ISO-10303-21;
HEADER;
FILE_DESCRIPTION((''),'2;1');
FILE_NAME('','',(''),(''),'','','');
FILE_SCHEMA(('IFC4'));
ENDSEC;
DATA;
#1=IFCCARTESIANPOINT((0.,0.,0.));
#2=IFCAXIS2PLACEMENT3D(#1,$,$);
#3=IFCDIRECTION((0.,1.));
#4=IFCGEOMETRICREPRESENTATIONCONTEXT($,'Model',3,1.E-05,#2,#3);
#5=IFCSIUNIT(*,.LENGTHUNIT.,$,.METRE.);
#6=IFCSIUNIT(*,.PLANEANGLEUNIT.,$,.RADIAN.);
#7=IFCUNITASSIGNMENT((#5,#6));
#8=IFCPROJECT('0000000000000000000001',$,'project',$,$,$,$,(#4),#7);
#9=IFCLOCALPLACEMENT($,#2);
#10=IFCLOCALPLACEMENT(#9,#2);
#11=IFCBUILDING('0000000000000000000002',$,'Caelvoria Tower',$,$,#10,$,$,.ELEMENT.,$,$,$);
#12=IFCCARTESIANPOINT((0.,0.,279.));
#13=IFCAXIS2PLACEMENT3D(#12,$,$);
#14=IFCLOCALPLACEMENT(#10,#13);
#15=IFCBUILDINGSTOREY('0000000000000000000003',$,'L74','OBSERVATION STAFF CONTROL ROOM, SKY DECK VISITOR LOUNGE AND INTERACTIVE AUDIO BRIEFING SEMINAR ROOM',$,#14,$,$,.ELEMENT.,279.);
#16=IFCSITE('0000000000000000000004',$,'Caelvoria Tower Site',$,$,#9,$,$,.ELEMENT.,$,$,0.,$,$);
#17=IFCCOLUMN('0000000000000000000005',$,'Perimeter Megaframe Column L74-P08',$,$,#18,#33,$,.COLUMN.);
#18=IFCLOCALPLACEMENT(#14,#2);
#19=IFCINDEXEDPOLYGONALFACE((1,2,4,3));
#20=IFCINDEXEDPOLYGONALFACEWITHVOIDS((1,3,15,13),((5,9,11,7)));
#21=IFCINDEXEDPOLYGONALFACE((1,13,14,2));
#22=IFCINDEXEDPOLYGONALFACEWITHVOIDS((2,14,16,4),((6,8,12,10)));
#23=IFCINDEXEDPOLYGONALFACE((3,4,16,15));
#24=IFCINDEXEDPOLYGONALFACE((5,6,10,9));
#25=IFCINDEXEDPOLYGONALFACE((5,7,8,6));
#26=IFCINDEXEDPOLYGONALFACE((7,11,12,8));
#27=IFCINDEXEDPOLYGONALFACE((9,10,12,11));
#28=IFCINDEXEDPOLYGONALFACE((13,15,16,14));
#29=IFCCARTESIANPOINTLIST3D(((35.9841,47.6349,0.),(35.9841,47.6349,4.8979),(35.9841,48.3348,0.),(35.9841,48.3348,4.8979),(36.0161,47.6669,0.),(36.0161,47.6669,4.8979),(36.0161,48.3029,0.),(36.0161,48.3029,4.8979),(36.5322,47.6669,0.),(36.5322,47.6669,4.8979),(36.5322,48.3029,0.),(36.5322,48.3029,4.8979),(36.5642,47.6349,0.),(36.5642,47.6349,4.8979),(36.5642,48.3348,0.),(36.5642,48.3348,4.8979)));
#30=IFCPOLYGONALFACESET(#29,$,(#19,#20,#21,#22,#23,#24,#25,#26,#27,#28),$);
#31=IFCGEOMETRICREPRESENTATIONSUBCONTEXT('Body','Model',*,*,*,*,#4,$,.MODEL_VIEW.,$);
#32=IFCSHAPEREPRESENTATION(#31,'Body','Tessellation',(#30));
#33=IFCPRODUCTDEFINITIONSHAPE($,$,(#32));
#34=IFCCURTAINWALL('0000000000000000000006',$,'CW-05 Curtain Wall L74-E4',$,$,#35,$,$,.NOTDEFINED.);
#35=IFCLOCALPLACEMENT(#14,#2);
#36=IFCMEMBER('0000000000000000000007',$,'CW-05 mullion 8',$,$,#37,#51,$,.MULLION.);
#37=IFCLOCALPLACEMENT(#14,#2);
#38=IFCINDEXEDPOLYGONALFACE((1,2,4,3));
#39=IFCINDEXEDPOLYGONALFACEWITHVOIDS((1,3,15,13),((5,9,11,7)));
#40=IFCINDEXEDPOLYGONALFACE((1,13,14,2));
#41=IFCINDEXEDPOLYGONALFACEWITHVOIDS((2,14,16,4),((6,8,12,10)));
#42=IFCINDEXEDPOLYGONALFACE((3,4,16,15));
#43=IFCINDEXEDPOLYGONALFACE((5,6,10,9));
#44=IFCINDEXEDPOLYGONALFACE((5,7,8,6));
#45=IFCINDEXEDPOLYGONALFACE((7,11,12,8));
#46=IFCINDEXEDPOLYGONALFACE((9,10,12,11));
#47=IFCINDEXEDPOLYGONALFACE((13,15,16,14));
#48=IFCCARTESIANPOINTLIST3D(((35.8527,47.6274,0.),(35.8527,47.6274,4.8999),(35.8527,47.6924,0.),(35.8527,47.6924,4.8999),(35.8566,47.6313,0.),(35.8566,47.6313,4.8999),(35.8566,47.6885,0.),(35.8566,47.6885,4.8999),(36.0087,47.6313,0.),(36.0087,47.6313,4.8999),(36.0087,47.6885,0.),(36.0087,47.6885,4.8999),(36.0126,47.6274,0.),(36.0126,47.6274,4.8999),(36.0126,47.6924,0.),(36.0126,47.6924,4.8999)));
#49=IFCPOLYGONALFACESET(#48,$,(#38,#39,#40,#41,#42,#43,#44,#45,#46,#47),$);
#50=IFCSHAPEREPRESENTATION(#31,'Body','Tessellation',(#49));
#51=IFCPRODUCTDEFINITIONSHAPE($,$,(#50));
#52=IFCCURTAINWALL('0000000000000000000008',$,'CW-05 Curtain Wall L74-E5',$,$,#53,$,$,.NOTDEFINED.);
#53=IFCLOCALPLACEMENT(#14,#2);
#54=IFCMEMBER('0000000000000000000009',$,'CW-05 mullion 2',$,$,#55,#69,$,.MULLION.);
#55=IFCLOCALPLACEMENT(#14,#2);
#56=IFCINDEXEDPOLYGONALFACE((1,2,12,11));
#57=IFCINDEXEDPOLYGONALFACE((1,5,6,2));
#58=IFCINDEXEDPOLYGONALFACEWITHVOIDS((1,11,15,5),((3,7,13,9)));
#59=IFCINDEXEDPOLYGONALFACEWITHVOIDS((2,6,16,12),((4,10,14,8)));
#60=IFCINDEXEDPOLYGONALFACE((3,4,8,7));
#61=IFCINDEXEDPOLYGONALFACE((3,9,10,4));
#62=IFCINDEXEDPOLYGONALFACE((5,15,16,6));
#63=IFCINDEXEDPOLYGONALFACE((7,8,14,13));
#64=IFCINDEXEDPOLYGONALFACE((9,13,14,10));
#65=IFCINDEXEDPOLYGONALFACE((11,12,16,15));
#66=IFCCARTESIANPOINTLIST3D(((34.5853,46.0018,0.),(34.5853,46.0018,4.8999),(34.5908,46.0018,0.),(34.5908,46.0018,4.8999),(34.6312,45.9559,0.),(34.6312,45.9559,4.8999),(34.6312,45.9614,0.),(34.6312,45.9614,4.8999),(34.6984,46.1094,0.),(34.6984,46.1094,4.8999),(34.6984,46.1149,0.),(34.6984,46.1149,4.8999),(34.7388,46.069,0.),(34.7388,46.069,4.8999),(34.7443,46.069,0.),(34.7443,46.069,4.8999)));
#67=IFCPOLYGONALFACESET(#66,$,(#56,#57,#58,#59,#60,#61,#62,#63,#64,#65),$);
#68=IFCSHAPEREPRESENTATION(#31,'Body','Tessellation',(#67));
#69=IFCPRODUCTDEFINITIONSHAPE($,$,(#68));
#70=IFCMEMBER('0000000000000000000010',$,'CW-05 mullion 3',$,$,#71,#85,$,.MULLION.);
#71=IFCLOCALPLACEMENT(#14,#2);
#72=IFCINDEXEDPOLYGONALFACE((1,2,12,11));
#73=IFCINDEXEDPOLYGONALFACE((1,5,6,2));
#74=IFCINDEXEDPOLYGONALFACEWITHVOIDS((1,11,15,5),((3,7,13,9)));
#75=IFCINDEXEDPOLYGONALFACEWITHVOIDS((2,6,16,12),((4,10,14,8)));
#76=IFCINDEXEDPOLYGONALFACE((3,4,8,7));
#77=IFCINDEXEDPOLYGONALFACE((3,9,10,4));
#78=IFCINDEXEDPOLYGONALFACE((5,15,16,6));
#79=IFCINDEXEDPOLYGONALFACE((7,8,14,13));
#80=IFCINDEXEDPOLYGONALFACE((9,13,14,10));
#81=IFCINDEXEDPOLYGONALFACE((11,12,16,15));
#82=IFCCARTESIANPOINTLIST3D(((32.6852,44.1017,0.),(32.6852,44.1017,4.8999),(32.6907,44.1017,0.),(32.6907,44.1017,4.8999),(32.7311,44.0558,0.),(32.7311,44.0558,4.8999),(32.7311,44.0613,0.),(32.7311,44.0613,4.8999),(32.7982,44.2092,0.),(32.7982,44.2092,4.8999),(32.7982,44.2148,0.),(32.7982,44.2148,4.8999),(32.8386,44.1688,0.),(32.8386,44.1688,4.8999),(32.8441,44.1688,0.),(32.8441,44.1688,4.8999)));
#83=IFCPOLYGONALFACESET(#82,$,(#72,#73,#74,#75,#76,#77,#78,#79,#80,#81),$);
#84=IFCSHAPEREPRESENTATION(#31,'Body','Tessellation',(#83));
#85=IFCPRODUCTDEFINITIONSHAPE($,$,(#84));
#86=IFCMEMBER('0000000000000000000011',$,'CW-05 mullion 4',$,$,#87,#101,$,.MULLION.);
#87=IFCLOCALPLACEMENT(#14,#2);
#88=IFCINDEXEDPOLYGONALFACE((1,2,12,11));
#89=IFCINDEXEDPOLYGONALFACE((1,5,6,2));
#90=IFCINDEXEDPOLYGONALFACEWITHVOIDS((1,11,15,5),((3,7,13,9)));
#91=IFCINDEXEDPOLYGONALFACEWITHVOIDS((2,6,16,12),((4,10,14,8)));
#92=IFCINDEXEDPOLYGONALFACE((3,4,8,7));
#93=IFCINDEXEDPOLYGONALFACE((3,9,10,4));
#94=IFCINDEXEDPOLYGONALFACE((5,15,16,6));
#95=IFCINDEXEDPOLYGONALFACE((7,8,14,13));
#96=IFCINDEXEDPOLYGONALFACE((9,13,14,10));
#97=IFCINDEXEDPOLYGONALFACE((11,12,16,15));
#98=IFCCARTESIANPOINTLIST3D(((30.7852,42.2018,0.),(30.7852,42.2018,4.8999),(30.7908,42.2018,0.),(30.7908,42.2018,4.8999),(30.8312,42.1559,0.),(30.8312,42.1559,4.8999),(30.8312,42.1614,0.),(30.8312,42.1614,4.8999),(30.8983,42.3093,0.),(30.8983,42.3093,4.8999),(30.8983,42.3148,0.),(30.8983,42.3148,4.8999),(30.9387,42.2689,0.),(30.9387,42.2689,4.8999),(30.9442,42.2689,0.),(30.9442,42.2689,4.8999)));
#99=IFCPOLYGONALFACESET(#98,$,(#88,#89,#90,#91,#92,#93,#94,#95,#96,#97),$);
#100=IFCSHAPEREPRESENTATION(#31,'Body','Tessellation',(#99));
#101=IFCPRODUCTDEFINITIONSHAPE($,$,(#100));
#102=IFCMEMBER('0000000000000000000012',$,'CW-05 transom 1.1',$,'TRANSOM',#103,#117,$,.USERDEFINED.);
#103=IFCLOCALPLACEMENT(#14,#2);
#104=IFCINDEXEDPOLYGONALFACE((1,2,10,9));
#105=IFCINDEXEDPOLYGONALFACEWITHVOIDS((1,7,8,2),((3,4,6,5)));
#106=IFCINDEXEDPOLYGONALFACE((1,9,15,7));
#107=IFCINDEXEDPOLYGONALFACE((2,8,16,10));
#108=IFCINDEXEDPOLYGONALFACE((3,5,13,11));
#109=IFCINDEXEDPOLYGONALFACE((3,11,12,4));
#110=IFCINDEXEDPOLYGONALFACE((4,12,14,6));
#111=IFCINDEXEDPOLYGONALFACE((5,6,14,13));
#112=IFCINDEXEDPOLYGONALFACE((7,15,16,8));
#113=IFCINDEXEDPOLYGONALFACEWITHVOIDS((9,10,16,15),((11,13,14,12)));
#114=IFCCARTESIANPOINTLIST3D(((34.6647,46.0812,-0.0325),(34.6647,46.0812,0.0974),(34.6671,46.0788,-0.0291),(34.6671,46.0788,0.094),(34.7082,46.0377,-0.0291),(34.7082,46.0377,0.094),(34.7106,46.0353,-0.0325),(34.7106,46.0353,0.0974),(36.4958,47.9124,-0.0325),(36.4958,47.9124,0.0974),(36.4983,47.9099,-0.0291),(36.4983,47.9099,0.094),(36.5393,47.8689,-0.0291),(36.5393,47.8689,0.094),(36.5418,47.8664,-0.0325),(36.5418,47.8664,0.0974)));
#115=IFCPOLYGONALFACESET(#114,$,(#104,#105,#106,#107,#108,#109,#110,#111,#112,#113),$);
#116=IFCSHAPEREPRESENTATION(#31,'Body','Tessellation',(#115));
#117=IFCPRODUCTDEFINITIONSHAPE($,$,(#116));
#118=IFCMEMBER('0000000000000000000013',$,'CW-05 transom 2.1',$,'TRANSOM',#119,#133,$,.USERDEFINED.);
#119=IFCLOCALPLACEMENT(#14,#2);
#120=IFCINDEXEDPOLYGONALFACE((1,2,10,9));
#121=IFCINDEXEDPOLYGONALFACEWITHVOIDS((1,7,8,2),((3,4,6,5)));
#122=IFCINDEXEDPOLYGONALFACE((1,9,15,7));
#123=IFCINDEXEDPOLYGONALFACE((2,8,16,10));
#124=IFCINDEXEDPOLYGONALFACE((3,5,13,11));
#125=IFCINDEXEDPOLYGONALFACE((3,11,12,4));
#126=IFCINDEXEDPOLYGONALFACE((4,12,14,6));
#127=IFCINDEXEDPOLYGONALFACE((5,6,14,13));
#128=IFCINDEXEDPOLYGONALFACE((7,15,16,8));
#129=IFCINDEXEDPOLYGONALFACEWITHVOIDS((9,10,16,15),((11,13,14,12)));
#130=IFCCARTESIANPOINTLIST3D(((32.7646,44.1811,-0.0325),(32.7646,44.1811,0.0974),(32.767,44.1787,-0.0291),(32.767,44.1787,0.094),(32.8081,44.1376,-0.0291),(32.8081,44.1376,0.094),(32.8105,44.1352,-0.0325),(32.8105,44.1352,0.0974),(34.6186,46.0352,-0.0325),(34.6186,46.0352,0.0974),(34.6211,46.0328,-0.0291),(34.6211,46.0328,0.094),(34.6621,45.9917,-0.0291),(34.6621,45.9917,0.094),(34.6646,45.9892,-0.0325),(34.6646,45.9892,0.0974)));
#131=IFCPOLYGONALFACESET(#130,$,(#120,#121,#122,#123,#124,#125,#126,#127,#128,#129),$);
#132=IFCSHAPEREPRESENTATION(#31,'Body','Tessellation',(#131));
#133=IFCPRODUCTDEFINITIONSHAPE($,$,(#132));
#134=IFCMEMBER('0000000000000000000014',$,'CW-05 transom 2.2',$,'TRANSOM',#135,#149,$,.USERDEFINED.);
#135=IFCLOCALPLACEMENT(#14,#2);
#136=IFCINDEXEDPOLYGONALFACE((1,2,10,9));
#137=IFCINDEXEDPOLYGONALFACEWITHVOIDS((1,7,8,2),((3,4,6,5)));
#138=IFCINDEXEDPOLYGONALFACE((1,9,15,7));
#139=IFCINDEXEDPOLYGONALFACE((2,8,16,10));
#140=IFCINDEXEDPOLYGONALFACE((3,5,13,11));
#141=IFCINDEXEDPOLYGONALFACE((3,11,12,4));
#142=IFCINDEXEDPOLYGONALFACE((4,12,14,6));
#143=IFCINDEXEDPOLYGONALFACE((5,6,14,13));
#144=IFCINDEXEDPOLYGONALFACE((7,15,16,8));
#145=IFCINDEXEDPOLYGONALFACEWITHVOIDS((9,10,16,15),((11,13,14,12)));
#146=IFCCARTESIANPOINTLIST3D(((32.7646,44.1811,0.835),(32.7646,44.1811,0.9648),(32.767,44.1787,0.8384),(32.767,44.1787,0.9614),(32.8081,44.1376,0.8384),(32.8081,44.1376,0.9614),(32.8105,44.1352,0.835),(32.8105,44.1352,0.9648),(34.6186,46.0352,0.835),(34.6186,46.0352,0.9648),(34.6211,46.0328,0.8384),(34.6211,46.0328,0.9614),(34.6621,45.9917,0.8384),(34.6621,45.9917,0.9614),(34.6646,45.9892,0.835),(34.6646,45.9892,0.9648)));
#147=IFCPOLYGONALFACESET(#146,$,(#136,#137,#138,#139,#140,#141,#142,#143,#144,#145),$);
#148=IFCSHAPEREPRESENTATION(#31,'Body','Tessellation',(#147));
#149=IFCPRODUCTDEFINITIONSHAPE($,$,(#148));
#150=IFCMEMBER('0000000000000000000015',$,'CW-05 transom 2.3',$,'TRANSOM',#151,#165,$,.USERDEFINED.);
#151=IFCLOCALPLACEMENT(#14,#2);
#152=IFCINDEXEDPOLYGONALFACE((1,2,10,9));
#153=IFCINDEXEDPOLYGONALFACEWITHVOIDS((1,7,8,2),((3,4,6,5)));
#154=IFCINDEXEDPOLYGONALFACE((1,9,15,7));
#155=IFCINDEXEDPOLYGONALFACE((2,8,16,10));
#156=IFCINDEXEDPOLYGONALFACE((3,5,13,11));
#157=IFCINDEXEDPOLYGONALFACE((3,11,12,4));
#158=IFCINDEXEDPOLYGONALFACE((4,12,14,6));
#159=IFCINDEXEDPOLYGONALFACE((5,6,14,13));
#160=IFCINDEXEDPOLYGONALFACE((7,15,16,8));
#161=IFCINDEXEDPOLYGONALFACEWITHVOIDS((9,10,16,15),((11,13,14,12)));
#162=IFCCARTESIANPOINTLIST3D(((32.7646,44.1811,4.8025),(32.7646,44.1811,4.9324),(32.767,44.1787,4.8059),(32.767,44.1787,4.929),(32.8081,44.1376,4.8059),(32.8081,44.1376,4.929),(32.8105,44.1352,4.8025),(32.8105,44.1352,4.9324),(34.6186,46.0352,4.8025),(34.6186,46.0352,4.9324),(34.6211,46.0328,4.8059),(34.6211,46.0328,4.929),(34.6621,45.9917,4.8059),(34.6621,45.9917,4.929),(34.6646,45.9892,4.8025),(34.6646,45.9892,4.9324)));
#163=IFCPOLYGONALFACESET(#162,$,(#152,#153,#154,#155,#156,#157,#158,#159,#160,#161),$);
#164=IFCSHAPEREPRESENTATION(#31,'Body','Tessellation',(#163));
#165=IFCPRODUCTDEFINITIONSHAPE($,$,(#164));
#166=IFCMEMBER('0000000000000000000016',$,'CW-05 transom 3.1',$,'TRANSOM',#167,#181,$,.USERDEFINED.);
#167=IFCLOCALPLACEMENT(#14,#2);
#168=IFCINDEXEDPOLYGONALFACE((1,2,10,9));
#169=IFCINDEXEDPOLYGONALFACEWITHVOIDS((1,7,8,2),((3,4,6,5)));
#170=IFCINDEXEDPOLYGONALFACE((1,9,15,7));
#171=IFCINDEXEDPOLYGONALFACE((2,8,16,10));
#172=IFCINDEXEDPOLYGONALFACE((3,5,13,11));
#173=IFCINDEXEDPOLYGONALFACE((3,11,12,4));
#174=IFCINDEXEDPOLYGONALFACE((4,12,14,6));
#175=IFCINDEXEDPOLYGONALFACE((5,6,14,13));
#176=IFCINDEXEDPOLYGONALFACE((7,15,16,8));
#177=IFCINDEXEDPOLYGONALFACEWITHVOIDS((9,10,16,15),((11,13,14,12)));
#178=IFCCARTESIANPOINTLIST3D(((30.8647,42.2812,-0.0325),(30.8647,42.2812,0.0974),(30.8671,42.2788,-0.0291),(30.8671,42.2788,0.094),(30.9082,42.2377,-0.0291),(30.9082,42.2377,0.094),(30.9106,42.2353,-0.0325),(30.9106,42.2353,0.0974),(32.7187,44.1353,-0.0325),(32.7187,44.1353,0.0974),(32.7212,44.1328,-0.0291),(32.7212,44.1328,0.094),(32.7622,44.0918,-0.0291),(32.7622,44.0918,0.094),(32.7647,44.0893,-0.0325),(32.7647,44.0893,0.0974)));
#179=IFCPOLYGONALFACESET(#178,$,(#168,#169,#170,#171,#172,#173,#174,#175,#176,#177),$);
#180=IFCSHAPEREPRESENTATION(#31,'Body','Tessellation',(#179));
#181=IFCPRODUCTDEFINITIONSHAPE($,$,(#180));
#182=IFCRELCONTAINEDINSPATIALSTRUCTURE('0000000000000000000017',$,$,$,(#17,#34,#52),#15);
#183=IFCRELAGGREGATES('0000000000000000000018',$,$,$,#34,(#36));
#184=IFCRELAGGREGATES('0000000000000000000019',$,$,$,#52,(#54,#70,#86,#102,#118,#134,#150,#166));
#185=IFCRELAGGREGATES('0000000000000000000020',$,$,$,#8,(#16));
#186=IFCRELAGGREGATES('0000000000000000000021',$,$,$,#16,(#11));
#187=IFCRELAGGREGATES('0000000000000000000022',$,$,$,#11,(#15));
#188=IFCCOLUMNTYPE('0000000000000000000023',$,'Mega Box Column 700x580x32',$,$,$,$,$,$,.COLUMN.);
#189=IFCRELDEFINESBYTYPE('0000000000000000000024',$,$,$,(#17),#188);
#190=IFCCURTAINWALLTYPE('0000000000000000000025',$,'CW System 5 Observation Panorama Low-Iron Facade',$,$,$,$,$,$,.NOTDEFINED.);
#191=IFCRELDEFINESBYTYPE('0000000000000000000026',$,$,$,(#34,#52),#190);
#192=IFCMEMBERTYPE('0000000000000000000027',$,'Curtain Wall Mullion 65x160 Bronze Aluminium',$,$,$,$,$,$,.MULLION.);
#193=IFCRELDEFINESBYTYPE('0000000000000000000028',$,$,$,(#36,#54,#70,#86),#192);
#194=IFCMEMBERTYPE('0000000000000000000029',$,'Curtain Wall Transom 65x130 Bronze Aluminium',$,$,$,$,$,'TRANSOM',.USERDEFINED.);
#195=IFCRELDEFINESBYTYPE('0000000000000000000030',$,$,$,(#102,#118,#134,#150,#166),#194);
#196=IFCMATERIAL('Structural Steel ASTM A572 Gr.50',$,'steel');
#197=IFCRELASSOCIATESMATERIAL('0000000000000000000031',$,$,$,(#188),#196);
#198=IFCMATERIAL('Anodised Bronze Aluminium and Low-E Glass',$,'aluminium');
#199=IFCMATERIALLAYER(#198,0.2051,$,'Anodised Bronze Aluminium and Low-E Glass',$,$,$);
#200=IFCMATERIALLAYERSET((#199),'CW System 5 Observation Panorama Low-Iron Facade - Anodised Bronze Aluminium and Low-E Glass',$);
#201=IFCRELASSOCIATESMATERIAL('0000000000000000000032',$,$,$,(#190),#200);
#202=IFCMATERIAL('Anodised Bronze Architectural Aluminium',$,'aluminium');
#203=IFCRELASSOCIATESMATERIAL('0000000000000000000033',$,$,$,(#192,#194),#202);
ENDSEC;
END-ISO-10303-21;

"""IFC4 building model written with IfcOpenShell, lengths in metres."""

from ifc_helpers import new_model, si_unit, direction, frame, origin, origin_2d, place, context, subcontext, project, spatial, hollow_rectangle, extrude, material, layer, layer_set, material_profile, profile_set, type_object, element, aggregate, save


model = new_model("IFC4")

# Units and contexts
model_context = context("Model", 3, precision=1e-05, world=origin(), true_north=direction((0.0, 1.0)))
body_context = subcontext(model_context, "Body", "Model", "MODEL_VIEW")
ifc_project = project(units=[si_unit("LENGTHUNIT", "METRE"), si_unit("PLANEANGLEUNIT", "RADIAN")], contexts=[model_context])

# Site, building, storey
site_placement = place(None, origin())
site = spatial("IfcSite", under=ifc_project, at=site_placement, Name="Caelvoria Tower Site", CompositionType="ELEMENT", RefElevation=0.0)
building_placement = place(site_placement, origin())
building = spatial("IfcBuilding", under=site, at=building_placement, Name="Caelvoria Tower", CompositionType="ELEMENT")
storey_placement = place(building_placement, frame((0.0, 0.0, 279.0)))
storey = spatial("IfcBuildingStorey", under=building, at=storey_placement, Name="L74", Description="OBSERVATION STAFF CONTROL ROOM, SKY DECK VISITOR LOUNGE AND INTERACTIVE AUDIO BRIEFING SEMINAR ROOM", CompositionType="ELEMENT", Elevation=279.0)

# Column
ifc_material_1 = material(Name="Structural Steel ASTM A572 Gr.50", Category="steel")
ifc_material_profile_1 = material_profile(ifc_material_1, hollow_rectangle(XDim=0.5801, YDim=0.7, WallThickness=0.032, at=origin_2d()), Name="Structural Steel ASTM A572 Gr.50")
ifc_profile_set_1 = profile_set([ifc_material_profile_1], Name="BOX700X580X32 - Structural Steel ASTM A572 Gr.50")
column_type = type_object("IfcColumnType", Name="Mega Box Column 700x580x32", PredefinedType="COLUMN", material=ifc_profile_set_1)
column_placement = place(storey_placement, frame((36.2742, 47.9849, 0.0), z_axis=(0.0, 0.0, 1.0), x_axis=(1.0, 0.0, 0.0)))
element("IfcColumn", 1, at=column_placement, inside=storey, type_object=column_type, Name="Perimeter Megaframe Column L74-P08", PredefinedType="COLUMN", context=body_context, shape_type="SweptSolid", body=[
    extrude(hollow_rectangle(XDim=0.5801, YDim=0.7, WallThickness=0.032, at=origin_2d()), origin(), (0.0, 0.0, 1.0), 4.8979),
])

# Curtain wall, member
ifc_material_2 = material(Name="Anodised Bronze Aluminium and Low-E Glass", Category="aluminium")
ifc_layer_1 = layer(ifc_material_2, 0.2051, Name="Anodised Bronze Aluminium and Low-E Glass")
ifc_layer_set_1 = layer_set([ifc_layer_1], Name="CW System 5 Observation Panorama Low-Iron Facade - Anodised Bronze Aluminium and Low-E Glass")
curtain_wall_type = type_object("IfcCurtainWallType", Name="CW System 5 Observation Panorama Low-Iron Facade", PredefinedType="NOTDEFINED", material=ifc_layer_set_1)
curtain_wall_1_placement = place(storey_placement, origin())
curtain_wall_1 = element("IfcCurtainWall", 2, at=curtain_wall_1_placement, inside=storey, type_object=curtain_wall_type, Name="CW-05 Curtain Wall L74-E4", PredefinedType="NOTDEFINED")
ifc_material_3 = material(Name="Anodised Bronze Architectural Aluminium", Category="aluminium")
ifc_material_profile_2 = material_profile(ifc_material_3, hollow_rectangle(XDim=0.0649, YDim=0.1599, WallThickness=0.0039, at=origin_2d()), Name="Anodised Bronze Architectural Aluminium")
ifc_profile_set_2 = profile_set([ifc_material_profile_2], Name="CW_MULL_65X160 - Anodised Bronze Architectural Aluminium")
member_type_1 = type_object("IfcMemberType", Name="Curtain Wall Mullion 65x160 Bronze Aluminium", PredefinedType="MULLION", material=ifc_profile_set_2)
member_1_placement = place(storey_placement, frame((35.9326, 47.6599, 0.0), z_axis=(0.0, 0.0, 1.0), x_axis=(0.0, -1.0, 0.0)))
member_1 = element("IfcMember", 3, at=member_1_placement, type_object=member_type_1, Name="CW-05 mullion 8", PredefinedType="MULLION", context=body_context, shape_type="SweptSolid", body=[
    extrude(hollow_rectangle(XDim=0.0649, YDim=0.1599, WallThickness=0.0039, at=origin_2d()), origin(), (0.0, 0.0, 1.0), 4.8999),
])
aggregate(curtain_wall_1, [member_1])

# Curtain wall, members
curtain_wall_2_placement = place(storey_placement, origin())
curtain_wall_2 = element("IfcCurtainWall", 4, at=curtain_wall_2_placement, inside=storey, type_object=curtain_wall_type, Name="CW-05 Curtain Wall L74-E5", PredefinedType="NOTDEFINED")
member_2_placement = place(storey_placement, frame((34.6648, 46.0354, 0.0), z_axis=(0.0, 0.0, 1.0), x_axis=(0.707107, -0.707107, 0.0)))
member_2 = element("IfcMember", 5, at=member_2_placement, type_object=member_type_1, Name="CW-05 mullion 2", PredefinedType="MULLION", context=body_context, shape_type="SweptSolid", body=[
    extrude(hollow_rectangle(XDim=0.0649, YDim=0.1599, WallThickness=0.0039, at=origin_2d()), origin(), (0.0, 0.0, 1.0), 4.8999),
])
member_3_placement = place(storey_placement, frame((32.7646, 44.1353, 0.0), z_axis=(0.0, 0.0, 1.0), x_axis=(0.707107, -0.707107, 0.0)))
member_3 = element("IfcMember", 6, at=member_3_placement, type_object=member_type_1, Name="CW-05 mullion 3", PredefinedType="MULLION", context=body_context, shape_type="SweptSolid", body=[
    extrude(hollow_rectangle(XDim=0.0649, YDim=0.1599, WallThickness=0.0039, at=origin_2d()), origin(), (0.0, 0.0, 1.0), 4.8999),
])
member_4_placement = place(storey_placement, frame((30.8647, 42.2354, 0.0), z_axis=(0.0, 0.0, 1.0), x_axis=(0.707107, -0.707107, 0.0)))
member_4 = element("IfcMember", 7, at=member_4_placement, type_object=member_type_1, Name="CW-05 mullion 4", PredefinedType="MULLION", context=body_context, shape_type="SweptSolid", body=[
    extrude(hollow_rectangle(XDim=0.0649, YDim=0.1599, WallThickness=0.0039, at=origin_2d()), origin(), (0.0, 0.0, 1.0), 4.8999),
])
ifc_material_profile_3 = material_profile(ifc_material_3, hollow_rectangle(XDim=0.0649, YDim=0.1299, WallThickness=0.0034, at=origin_2d()), Name="Anodised Bronze Architectural Aluminium")
ifc_profile_set_3 = profile_set([ifc_material_profile_3], Name="CW_TRAN_65X130 - Anodised Bronze Architectural Aluminium")
member_type_2 = type_object("IfcMemberType", Name="Curtain Wall Transom 65x130 Bronze Aluminium", ElementType="TRANSOM", PredefinedType="USERDEFINED", material=ifc_profile_set_3)
member_5_placement = place(storey_placement, frame((36.5188, 47.8894, 0.0325), z_axis=(-0.707107, -0.707107, 0.0), x_axis=(0.707107, -0.707107, 0.0)))
member_5 = element("IfcMember", 8, at=member_5_placement, type_object=member_type_2, Name="CW-05 transom 1.1", ObjectType="TRANSOM", PredefinedType="USERDEFINED", context=body_context, shape_type="SweptSolid", body=[
    extrude(hollow_rectangle(XDim=0.0649, YDim=0.1299, WallThickness=0.0034, at=origin_2d()), origin(), (0.0, 0.0, 1.0), 2.5896),
])
member_6_placement = place(storey_placement, frame((34.6416, 46.0122, 0.0325), z_axis=(-0.707107, -0.707107, 0.0), x_axis=(0.707107, -0.707107, 0.0)))
member_6 = element("IfcMember", 9, at=member_6_placement, type_object=member_type_2, Name="CW-05 transom 2.1", ObjectType="TRANSOM", PredefinedType="USERDEFINED", context=body_context, shape_type="SweptSolid", body=[
    extrude(hollow_rectangle(XDim=0.0649, YDim=0.1299, WallThickness=0.0034, at=origin_2d()), origin(), (0.0, 0.0, 1.0), 2.6221),
])
member_7_placement = place(storey_placement, frame((34.6416, 46.0122, 0.8999), z_axis=(-0.707107, -0.707107, 0.0), x_axis=(0.707107, -0.707107, 0.0)))
member_7 = element("IfcMember", 10, at=member_7_placement, type_object=member_type_2, Name="CW-05 transom 2.2", ObjectType="TRANSOM", PredefinedType="USERDEFINED", context=body_context, shape_type="SweptSolid", body=[
    extrude(hollow_rectangle(XDim=0.0649, YDim=0.1299, WallThickness=0.0034, at=origin_2d()), origin(), (0.0, 0.0, 1.0), 2.6221),
])
member_8_placement = place(storey_placement, frame((34.6416, 46.0122, 4.8674), z_axis=(-0.707107, -0.707107, 0.0), x_axis=(0.707107, -0.707107, 0.0)))
member_8 = element("IfcMember", 11, at=member_8_placement, type_object=member_type_2, Name="CW-05 transom 2.3", ObjectType="TRANSOM", PredefinedType="USERDEFINED", context=body_context, shape_type="SweptSolid", body=[
    extrude(hollow_rectangle(XDim=0.0649, YDim=0.1299, WallThickness=0.0034, at=origin_2d()), origin(), (0.0, 0.0, 1.0), 2.6221),
])
member_9_placement = place(storey_placement, frame((32.7417, 44.1123, 0.0325), z_axis=(-0.707107, -0.707107, 0.0), x_axis=(0.707107, -0.707107, 0.0)))
member_9 = element("IfcMember", 12, at=member_9_placement, type_object=member_type_2, Name="CW-05 transom 3.1", ObjectType="TRANSOM", PredefinedType="USERDEFINED", context=body_context, shape_type="SweptSolid", body=[
    extrude(hollow_rectangle(XDim=0.0649, YDim=0.1299, WallThickness=0.0034, at=origin_2d()), origin(), (0.0, 0.0, 1.0), 2.6221),
])

aggregate(curtain_wall_2, [member_2, member_3, member_4, member_5, member_6, member_7, member_8, member_9])

save(model, "model.ifc")
